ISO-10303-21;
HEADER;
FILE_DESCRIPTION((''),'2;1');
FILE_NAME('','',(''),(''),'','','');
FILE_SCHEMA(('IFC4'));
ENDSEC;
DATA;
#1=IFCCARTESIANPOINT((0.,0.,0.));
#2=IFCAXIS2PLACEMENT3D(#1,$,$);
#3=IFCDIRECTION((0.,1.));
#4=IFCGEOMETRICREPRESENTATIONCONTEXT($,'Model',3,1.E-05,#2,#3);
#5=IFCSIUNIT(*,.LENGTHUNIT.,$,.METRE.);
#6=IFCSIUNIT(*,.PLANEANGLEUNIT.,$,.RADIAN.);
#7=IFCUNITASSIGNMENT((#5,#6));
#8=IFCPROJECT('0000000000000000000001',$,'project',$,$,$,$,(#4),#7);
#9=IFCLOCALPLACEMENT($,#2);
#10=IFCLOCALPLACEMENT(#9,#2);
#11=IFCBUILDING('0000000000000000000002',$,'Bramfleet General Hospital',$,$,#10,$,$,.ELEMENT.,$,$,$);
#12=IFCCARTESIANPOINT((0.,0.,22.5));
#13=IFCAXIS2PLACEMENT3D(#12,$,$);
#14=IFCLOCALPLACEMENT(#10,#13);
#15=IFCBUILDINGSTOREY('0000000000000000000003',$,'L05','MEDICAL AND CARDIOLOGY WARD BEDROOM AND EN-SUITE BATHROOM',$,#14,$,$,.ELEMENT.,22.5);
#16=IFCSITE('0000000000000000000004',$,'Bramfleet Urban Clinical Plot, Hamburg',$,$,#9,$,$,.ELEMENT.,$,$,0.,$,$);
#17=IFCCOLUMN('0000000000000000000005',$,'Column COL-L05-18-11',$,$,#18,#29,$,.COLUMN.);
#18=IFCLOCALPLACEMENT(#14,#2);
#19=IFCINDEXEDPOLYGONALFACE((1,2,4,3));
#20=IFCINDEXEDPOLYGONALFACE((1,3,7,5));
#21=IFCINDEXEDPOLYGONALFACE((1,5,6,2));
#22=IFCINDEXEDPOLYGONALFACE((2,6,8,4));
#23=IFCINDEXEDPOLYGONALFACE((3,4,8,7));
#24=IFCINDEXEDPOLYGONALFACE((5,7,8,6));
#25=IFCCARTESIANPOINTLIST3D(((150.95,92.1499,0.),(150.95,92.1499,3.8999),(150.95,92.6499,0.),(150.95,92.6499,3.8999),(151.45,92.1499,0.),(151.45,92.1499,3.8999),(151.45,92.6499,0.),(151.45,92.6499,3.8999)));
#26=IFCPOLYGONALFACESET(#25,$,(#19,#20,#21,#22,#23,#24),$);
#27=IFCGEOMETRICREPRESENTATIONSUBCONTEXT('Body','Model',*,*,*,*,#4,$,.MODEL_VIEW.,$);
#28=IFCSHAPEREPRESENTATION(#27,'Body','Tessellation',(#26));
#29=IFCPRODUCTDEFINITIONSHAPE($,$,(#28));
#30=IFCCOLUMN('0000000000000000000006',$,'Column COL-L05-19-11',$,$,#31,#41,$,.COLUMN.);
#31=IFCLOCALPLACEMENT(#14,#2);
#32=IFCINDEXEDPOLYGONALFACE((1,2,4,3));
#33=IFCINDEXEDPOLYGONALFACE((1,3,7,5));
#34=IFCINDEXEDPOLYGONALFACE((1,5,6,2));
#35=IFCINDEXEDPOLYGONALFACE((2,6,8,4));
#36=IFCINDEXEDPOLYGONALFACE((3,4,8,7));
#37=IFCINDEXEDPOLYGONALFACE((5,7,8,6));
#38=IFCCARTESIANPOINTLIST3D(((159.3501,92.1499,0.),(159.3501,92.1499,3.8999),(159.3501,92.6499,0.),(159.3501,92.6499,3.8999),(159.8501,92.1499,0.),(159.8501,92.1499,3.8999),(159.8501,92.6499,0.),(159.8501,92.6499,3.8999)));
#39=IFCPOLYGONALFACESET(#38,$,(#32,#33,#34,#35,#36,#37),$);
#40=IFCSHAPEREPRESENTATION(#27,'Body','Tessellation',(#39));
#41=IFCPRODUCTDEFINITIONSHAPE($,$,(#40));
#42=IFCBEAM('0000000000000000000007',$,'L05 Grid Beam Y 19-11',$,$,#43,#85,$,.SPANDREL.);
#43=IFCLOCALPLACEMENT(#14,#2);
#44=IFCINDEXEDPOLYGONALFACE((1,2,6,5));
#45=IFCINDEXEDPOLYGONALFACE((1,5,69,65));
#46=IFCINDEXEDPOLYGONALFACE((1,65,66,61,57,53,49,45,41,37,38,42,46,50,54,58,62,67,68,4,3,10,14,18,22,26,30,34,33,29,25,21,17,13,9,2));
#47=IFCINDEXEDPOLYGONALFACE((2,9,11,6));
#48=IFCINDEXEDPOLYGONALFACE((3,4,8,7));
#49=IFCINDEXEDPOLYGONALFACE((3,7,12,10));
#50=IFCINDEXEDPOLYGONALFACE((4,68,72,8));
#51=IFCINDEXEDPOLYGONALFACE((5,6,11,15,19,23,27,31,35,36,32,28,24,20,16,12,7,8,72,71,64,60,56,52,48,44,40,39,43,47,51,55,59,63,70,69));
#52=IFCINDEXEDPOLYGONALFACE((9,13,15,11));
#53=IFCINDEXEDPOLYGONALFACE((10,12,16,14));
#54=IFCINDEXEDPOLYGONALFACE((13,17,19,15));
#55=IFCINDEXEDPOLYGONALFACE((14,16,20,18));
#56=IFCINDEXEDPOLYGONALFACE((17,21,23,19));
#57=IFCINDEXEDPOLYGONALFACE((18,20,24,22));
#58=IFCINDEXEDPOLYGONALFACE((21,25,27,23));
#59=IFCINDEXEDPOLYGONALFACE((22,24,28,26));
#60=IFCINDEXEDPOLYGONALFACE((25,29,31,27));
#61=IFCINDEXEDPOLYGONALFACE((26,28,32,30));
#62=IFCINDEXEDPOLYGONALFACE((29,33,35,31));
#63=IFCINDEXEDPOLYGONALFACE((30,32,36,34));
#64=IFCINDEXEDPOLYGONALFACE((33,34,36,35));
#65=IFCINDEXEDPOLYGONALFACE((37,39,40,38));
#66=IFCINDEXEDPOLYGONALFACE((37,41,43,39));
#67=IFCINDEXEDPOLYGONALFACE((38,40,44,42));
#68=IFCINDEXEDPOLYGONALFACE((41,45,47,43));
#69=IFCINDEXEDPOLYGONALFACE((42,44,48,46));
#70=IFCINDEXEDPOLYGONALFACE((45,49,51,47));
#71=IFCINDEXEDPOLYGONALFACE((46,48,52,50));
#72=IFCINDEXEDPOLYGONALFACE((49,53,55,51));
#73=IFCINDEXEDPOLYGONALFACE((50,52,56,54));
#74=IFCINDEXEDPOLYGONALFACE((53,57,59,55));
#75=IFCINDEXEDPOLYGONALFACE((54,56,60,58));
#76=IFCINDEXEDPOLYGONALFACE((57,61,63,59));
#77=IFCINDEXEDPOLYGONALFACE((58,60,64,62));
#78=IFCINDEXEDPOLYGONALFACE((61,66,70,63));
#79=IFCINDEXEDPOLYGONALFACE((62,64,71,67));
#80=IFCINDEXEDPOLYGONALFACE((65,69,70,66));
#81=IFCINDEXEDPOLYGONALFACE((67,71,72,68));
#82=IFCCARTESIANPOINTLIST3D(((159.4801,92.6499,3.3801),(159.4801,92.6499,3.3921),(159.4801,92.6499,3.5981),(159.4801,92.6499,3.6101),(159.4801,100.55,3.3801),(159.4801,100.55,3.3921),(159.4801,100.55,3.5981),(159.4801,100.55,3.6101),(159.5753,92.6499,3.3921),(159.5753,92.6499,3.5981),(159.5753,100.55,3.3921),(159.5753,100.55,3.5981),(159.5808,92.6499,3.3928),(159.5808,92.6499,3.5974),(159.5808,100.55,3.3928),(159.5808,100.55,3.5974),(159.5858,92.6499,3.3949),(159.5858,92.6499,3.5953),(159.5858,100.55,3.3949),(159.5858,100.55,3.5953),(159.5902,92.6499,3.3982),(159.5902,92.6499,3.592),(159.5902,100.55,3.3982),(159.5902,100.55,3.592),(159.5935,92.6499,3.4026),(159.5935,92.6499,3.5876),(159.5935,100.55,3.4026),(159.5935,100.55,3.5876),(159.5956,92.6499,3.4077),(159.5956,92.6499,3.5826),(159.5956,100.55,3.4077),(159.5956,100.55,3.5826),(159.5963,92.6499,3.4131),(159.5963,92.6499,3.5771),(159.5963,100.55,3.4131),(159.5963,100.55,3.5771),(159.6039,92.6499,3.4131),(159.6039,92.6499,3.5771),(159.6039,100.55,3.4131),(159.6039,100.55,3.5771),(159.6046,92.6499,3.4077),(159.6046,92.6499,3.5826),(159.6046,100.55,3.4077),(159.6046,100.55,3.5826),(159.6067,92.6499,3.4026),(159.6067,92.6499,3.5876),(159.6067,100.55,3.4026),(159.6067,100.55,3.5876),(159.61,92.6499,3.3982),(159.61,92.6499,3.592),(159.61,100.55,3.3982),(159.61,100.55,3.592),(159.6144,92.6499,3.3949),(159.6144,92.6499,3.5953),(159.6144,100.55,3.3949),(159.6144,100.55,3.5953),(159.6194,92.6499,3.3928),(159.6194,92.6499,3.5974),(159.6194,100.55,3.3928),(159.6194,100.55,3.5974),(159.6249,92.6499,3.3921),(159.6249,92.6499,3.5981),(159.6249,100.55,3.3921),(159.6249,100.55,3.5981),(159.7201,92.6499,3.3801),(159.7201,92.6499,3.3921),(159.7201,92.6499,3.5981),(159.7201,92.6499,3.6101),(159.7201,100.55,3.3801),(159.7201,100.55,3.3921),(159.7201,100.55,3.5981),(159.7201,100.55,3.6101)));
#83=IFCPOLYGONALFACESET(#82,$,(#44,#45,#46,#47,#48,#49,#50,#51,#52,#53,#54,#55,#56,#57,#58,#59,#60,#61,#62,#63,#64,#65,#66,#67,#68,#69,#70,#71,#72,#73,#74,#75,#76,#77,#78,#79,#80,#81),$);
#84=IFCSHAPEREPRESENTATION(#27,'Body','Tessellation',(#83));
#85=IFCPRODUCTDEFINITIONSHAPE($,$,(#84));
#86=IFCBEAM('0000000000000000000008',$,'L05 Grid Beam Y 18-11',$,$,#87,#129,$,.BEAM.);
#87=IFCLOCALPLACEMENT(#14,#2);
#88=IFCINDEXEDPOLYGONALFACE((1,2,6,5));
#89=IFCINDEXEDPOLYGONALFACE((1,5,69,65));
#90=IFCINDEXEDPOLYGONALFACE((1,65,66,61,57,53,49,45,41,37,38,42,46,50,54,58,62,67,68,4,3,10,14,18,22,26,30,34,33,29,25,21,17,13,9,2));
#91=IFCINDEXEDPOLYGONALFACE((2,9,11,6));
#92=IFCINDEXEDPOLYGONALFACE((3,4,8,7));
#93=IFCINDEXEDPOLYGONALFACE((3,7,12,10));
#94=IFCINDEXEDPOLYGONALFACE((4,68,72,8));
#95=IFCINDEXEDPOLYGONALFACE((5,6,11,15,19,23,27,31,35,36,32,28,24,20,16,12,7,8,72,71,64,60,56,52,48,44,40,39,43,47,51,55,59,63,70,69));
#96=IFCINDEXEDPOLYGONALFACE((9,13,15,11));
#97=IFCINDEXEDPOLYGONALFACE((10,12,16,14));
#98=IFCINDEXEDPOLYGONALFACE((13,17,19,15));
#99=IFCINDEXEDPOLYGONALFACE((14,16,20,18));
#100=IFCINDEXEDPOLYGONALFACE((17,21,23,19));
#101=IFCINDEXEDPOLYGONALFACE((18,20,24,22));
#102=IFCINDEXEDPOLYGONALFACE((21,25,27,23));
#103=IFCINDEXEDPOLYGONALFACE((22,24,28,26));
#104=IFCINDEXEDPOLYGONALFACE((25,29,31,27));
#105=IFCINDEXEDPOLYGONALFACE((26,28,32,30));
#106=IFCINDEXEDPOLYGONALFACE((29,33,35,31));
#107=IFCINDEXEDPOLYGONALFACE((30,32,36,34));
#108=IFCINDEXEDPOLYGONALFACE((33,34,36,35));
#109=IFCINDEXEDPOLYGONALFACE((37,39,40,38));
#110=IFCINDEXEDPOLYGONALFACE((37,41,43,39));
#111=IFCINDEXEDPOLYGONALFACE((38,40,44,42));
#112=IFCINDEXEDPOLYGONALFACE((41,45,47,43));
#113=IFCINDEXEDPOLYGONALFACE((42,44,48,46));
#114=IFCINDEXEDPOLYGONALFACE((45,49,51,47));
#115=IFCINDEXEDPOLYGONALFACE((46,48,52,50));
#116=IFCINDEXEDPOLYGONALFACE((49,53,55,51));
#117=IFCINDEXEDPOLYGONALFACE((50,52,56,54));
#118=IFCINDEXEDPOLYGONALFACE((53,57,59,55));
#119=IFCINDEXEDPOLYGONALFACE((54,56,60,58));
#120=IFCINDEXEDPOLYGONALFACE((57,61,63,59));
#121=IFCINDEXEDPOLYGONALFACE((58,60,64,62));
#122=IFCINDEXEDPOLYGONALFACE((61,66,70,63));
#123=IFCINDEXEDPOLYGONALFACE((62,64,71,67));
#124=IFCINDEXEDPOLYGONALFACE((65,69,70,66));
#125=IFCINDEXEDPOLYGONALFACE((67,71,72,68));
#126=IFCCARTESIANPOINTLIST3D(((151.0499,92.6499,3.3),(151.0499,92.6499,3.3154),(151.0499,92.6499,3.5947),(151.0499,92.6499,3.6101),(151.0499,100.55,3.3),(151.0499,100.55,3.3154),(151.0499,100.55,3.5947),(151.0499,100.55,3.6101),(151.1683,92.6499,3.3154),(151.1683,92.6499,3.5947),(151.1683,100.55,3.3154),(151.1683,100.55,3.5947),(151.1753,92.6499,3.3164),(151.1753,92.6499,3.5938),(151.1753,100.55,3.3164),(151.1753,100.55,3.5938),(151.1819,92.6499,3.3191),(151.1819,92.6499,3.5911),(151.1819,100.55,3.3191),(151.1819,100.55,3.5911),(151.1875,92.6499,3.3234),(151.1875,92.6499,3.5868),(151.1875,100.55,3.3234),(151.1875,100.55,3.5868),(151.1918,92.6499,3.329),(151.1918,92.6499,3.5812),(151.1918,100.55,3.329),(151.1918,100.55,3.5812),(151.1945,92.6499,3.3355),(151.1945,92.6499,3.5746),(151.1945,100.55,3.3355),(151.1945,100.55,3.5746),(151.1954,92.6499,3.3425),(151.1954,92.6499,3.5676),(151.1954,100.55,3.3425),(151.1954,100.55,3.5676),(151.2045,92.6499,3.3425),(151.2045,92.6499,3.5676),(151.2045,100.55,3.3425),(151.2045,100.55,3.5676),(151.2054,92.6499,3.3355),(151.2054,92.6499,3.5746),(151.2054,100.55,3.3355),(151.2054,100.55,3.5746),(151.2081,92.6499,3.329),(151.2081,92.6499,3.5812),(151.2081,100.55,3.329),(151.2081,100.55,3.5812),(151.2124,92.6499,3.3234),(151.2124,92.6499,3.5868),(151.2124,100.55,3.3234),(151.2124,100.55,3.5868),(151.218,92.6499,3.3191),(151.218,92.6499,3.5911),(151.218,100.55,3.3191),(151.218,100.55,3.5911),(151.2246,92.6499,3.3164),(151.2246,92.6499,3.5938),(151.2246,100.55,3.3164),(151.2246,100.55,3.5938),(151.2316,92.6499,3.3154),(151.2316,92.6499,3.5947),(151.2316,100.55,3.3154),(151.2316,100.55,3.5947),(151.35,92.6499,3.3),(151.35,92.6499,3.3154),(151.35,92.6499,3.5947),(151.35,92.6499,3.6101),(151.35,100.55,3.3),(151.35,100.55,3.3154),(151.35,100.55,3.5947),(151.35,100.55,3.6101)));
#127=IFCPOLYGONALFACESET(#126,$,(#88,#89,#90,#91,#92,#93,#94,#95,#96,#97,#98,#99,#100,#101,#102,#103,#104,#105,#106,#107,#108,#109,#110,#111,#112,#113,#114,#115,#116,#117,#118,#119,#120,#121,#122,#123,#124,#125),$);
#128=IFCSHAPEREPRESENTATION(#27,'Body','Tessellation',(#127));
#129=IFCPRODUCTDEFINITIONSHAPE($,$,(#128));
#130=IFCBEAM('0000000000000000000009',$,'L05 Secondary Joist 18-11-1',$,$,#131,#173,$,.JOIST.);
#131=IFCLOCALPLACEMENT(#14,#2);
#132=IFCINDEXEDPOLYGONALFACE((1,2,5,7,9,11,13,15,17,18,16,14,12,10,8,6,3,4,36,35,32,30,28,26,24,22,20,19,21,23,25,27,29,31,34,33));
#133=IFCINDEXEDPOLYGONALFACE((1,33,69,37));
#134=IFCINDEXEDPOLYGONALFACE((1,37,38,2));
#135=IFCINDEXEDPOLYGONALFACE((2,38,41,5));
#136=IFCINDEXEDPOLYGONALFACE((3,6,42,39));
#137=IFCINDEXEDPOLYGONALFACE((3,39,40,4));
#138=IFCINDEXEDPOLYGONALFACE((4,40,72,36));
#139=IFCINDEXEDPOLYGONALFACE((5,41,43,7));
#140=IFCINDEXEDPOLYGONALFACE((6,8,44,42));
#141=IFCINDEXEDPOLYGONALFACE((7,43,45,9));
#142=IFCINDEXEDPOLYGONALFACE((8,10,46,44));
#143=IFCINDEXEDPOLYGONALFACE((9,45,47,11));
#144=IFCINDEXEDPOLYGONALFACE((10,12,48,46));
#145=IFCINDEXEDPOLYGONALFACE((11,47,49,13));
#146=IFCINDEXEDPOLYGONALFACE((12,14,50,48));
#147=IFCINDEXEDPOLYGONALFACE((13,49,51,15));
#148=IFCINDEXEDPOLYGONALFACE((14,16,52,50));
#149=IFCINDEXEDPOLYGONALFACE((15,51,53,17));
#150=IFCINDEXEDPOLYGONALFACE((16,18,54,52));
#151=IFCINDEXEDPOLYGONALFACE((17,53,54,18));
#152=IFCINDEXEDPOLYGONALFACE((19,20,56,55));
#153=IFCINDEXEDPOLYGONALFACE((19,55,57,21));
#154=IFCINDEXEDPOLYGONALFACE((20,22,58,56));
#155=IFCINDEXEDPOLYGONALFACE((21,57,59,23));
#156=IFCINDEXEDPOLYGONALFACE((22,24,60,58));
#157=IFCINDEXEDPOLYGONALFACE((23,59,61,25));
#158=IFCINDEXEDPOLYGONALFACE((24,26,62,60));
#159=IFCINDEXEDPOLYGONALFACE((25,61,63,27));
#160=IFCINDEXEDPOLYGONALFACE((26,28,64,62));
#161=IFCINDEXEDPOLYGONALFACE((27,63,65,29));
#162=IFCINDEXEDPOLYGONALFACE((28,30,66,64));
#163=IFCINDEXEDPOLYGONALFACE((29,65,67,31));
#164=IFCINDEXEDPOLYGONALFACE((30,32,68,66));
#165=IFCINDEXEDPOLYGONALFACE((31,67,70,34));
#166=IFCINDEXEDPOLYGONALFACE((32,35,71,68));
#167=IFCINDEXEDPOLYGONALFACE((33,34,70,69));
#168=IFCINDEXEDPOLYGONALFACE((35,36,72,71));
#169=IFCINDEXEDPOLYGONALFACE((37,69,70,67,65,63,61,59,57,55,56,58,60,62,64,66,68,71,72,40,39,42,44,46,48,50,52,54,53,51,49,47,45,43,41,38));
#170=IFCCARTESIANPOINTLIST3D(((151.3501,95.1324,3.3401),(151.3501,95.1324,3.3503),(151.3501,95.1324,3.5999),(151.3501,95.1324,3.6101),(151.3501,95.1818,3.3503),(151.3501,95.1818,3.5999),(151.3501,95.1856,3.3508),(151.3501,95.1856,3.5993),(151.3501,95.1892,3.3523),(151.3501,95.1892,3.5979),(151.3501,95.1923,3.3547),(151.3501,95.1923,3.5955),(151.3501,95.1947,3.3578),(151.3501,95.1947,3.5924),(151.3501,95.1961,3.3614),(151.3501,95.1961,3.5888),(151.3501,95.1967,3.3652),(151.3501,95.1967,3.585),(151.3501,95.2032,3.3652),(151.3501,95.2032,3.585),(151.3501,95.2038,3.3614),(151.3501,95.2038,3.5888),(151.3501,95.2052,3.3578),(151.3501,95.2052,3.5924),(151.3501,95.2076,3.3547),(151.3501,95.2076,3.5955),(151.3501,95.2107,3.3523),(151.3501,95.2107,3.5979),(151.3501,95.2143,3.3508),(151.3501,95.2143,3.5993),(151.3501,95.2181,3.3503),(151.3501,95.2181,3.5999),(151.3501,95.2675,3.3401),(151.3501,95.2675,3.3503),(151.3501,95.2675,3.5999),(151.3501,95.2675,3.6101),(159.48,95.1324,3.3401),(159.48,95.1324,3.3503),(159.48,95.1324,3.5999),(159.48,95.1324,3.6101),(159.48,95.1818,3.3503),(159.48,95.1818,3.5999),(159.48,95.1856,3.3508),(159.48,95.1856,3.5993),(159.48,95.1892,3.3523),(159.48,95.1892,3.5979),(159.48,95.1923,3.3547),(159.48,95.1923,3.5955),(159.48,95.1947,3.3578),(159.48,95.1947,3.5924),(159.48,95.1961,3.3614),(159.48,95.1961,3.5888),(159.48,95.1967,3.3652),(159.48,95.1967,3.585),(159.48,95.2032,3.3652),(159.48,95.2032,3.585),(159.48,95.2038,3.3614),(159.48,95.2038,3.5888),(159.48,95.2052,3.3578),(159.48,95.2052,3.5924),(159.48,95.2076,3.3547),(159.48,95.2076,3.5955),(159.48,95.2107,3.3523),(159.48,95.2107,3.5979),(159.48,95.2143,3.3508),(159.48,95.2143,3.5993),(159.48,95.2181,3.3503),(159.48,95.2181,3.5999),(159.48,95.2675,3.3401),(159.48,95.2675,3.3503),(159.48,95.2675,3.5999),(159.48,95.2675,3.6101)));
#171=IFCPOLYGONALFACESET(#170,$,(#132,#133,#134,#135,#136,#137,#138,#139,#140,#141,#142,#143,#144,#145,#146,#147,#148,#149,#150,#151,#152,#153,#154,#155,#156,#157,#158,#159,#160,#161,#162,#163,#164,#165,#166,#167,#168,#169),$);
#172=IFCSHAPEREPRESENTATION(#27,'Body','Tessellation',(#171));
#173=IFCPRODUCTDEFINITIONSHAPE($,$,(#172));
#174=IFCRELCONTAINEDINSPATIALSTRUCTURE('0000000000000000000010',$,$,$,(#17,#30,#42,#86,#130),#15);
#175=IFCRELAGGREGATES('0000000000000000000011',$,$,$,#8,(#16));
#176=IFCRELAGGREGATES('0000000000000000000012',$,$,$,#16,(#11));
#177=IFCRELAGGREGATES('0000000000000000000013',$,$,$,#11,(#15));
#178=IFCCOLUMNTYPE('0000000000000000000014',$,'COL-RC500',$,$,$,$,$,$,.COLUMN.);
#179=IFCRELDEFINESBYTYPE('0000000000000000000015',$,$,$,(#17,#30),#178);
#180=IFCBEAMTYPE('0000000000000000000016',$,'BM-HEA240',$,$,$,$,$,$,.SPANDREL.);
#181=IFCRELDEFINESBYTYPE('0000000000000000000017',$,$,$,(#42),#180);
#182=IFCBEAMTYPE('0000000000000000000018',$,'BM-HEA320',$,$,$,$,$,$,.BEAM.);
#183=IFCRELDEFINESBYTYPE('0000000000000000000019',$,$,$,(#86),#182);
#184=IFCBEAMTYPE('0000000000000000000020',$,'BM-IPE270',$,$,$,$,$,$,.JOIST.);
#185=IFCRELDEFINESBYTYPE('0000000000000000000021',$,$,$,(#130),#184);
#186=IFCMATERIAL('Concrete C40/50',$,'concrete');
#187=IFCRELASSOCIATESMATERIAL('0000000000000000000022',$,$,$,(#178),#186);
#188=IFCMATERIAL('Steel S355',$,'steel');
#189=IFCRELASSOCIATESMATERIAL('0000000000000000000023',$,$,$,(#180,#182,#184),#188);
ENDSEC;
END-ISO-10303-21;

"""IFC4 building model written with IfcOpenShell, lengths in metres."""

from ifc_helpers import new_model, si_unit, direction, frame, origin, origin_2d, place, context, subcontext, project, spatial, rectangle, i_section, extrude, material, material_profile, profile_set, type_object, element, save


model = new_model("IFC4")

# Units and contexts
model_context = context("Model", 3, precision=1e-05, world=origin(), true_north=direction((0.0, 1.0)))
body_context = subcontext(model_context, "Body", "Model", "MODEL_VIEW")
ifc_project = project(units=[si_unit("LENGTHUNIT", "METRE"), si_unit("PLANEANGLEUNIT", "RADIAN")], contexts=[model_context])

# Site, building, storey
site_placement = place(None, origin())
site = spatial("IfcSite", under=ifc_project, at=site_placement, Name="Bramfleet Urban Clinical Plot, Hamburg", CompositionType="ELEMENT", RefElevation=0.0)
building_placement = place(site_placement, origin())
building = spatial("IfcBuilding", under=site, at=building_placement, Name="Bramfleet General Hospital", CompositionType="ELEMENT")
storey_placement = place(building_placement, frame((0.0, 0.0, 22.5)))
storey = spatial("IfcBuildingStorey", under=building, at=storey_placement, Name="L05", Description="MEDICAL AND CARDIOLOGY WARD BEDROOM AND EN-SUITE BATHROOM", CompositionType="ELEMENT", Elevation=22.5)

# Columns
ifc_material_1 = material(Name="Concrete C40/50", Category="concrete")
ifc_material_profile_1 = material_profile(ifc_material_1, rectangle(XDim=0.5, YDim=0.5, at=origin_2d()), Name="RC COL 500x500")
ifc_profile_set_1 = profile_set([ifc_material_profile_1], Name="Concrete C40/50")
column_type = type_object("IfcColumnType", Name="COL-RC500", PredefinedType="COLUMN", material=ifc_profile_set_1)
for number, where, z_axis, x_axis, name in (
    (1, (151.2, 92.3999, 0.0), (0.0, 0.0, 1.0), (1.0, 0.0, 0.0), "Column COL-L05-18-11"),
    (2, (159.6001, 92.3999, 0.0), (0.0, 0.0, 1.0), (1.0, 0.0, 0.0), "Column COL-L05-19-11"),
):
    element("IfcColumn", number, at=place(storey_placement, frame(where, z_axis=z_axis, x_axis=x_axis)), inside=storey, type_object=column_type, Name=name, PredefinedType="COLUMN", context=body_context, shape_type="SweptSolid", body=[
        extrude(rectangle(XDim=0.5, YDim=0.5, at=origin_2d()), origin(), (0.0, 0.0, 1.0), 3.8999),
    ])

# Beams
ifc_material_2 = material(Name="Steel S355", Category="steel")
ifc_material_profile_2 = material_profile(ifc_material_2, i_section(OverallWidth=0.24, OverallDepth=0.23, WebThickness=0.0076, FlangeThickness=0.012, FilletRadius=0.021, at=origin_2d()), Name="HEA 240")
ifc_profile_set_2 = profile_set([ifc_material_profile_2], Name="Steel S355")
beam_type_1 = type_object("IfcBeamType", Name="BM-HEA240", PredefinedType="SPANDREL", material=ifc_profile_set_2)
beam_1_placement = place(storey_placement, frame((159.6001, 92.6499, 3.4951), z_axis=(0.0, 1.0, 0.0), x_axis=(-1.0, 0.0, 0.0)))
element("IfcBeam", 3, at=beam_1_placement, inside=storey, type_object=beam_type_1, Name="L05 Grid Beam Y 19-11", PredefinedType="SPANDREL", context=body_context, shape_type="SweptSolid", body=[
    extrude(i_section(OverallWidth=0.24, OverallDepth=0.23, WebThickness=0.0076, FlangeThickness=0.012, FilletRadius=0.021, at=origin_2d()), origin(), (0.0, 0.0, 1.0), 7.9001),
])
ifc_material_profile_3 = material_profile(ifc_material_2, i_section(OverallWidth=0.3, OverallDepth=0.3101, WebThickness=0.009, FlangeThickness=0.0154, FilletRadius=0.0271, at=origin_2d()), Name="HEA 320")
ifc_profile_set_3 = profile_set([ifc_material_profile_3], Name="Steel S355")
beam_type_2 = type_object("IfcBeamType", Name="BM-HEA320", PredefinedType="BEAM", material=ifc_profile_set_3)
beam_2_placement = place(storey_placement, frame((151.2, 92.6499, 3.4551), z_axis=(0.0, 1.0, 0.0), x_axis=(-1.0, 0.0, 0.0)))
element("IfcBeam", 4, at=beam_2_placement, inside=storey, type_object=beam_type_2, Name="L05 Grid Beam Y 18-11", PredefinedType="BEAM", context=body_context, shape_type="SweptSolid", body=[
    extrude(i_section(OverallWidth=0.3, OverallDepth=0.3101, WebThickness=0.009, FlangeThickness=0.0154, FilletRadius=0.0271, at=origin_2d()), origin(), (0.0, 0.0, 1.0), 7.9001),
])
ifc_material_profile_4 = material_profile(ifc_material_2, i_section(OverallWidth=0.135, OverallDepth=0.27, WebThickness=0.0066, FlangeThickness=0.0103, FilletRadius=0.0149, at=origin_2d()), Name="IPE 270")
ifc_profile_set_4 = profile_set([ifc_material_profile_4], Name="Steel S355")
beam_type_3 = type_object("IfcBeamType", Name="BM-IPE270", PredefinedType="JOIST", material=ifc_profile_set_4)
for number, where, z_axis, x_axis, name in (
    (5, (151.3501, 95.2, 3.4751), (1.0, 0.0, 0.0), (0.0, 1.0, 0.0), "L05 Secondary Joist 18-11-1"),
):
    element("IfcBeam", number, at=place(storey_placement, frame(where, z_axis=z_axis, x_axis=x_axis)), inside=storey, type_object=beam_type_3, Name=name, PredefinedType="JOIST", context=body_context, shape_type="SweptSolid", body=[
        extrude(i_section(OverallWidth=0.135, OverallDepth=0.27, WebThickness=0.0066, FlangeThickness=0.0103, FilletRadius=0.0149, at=origin_2d()), origin(), (0.0, 0.0, 1.0), 8.1299),
    ])

save(model, "model.ifc")
